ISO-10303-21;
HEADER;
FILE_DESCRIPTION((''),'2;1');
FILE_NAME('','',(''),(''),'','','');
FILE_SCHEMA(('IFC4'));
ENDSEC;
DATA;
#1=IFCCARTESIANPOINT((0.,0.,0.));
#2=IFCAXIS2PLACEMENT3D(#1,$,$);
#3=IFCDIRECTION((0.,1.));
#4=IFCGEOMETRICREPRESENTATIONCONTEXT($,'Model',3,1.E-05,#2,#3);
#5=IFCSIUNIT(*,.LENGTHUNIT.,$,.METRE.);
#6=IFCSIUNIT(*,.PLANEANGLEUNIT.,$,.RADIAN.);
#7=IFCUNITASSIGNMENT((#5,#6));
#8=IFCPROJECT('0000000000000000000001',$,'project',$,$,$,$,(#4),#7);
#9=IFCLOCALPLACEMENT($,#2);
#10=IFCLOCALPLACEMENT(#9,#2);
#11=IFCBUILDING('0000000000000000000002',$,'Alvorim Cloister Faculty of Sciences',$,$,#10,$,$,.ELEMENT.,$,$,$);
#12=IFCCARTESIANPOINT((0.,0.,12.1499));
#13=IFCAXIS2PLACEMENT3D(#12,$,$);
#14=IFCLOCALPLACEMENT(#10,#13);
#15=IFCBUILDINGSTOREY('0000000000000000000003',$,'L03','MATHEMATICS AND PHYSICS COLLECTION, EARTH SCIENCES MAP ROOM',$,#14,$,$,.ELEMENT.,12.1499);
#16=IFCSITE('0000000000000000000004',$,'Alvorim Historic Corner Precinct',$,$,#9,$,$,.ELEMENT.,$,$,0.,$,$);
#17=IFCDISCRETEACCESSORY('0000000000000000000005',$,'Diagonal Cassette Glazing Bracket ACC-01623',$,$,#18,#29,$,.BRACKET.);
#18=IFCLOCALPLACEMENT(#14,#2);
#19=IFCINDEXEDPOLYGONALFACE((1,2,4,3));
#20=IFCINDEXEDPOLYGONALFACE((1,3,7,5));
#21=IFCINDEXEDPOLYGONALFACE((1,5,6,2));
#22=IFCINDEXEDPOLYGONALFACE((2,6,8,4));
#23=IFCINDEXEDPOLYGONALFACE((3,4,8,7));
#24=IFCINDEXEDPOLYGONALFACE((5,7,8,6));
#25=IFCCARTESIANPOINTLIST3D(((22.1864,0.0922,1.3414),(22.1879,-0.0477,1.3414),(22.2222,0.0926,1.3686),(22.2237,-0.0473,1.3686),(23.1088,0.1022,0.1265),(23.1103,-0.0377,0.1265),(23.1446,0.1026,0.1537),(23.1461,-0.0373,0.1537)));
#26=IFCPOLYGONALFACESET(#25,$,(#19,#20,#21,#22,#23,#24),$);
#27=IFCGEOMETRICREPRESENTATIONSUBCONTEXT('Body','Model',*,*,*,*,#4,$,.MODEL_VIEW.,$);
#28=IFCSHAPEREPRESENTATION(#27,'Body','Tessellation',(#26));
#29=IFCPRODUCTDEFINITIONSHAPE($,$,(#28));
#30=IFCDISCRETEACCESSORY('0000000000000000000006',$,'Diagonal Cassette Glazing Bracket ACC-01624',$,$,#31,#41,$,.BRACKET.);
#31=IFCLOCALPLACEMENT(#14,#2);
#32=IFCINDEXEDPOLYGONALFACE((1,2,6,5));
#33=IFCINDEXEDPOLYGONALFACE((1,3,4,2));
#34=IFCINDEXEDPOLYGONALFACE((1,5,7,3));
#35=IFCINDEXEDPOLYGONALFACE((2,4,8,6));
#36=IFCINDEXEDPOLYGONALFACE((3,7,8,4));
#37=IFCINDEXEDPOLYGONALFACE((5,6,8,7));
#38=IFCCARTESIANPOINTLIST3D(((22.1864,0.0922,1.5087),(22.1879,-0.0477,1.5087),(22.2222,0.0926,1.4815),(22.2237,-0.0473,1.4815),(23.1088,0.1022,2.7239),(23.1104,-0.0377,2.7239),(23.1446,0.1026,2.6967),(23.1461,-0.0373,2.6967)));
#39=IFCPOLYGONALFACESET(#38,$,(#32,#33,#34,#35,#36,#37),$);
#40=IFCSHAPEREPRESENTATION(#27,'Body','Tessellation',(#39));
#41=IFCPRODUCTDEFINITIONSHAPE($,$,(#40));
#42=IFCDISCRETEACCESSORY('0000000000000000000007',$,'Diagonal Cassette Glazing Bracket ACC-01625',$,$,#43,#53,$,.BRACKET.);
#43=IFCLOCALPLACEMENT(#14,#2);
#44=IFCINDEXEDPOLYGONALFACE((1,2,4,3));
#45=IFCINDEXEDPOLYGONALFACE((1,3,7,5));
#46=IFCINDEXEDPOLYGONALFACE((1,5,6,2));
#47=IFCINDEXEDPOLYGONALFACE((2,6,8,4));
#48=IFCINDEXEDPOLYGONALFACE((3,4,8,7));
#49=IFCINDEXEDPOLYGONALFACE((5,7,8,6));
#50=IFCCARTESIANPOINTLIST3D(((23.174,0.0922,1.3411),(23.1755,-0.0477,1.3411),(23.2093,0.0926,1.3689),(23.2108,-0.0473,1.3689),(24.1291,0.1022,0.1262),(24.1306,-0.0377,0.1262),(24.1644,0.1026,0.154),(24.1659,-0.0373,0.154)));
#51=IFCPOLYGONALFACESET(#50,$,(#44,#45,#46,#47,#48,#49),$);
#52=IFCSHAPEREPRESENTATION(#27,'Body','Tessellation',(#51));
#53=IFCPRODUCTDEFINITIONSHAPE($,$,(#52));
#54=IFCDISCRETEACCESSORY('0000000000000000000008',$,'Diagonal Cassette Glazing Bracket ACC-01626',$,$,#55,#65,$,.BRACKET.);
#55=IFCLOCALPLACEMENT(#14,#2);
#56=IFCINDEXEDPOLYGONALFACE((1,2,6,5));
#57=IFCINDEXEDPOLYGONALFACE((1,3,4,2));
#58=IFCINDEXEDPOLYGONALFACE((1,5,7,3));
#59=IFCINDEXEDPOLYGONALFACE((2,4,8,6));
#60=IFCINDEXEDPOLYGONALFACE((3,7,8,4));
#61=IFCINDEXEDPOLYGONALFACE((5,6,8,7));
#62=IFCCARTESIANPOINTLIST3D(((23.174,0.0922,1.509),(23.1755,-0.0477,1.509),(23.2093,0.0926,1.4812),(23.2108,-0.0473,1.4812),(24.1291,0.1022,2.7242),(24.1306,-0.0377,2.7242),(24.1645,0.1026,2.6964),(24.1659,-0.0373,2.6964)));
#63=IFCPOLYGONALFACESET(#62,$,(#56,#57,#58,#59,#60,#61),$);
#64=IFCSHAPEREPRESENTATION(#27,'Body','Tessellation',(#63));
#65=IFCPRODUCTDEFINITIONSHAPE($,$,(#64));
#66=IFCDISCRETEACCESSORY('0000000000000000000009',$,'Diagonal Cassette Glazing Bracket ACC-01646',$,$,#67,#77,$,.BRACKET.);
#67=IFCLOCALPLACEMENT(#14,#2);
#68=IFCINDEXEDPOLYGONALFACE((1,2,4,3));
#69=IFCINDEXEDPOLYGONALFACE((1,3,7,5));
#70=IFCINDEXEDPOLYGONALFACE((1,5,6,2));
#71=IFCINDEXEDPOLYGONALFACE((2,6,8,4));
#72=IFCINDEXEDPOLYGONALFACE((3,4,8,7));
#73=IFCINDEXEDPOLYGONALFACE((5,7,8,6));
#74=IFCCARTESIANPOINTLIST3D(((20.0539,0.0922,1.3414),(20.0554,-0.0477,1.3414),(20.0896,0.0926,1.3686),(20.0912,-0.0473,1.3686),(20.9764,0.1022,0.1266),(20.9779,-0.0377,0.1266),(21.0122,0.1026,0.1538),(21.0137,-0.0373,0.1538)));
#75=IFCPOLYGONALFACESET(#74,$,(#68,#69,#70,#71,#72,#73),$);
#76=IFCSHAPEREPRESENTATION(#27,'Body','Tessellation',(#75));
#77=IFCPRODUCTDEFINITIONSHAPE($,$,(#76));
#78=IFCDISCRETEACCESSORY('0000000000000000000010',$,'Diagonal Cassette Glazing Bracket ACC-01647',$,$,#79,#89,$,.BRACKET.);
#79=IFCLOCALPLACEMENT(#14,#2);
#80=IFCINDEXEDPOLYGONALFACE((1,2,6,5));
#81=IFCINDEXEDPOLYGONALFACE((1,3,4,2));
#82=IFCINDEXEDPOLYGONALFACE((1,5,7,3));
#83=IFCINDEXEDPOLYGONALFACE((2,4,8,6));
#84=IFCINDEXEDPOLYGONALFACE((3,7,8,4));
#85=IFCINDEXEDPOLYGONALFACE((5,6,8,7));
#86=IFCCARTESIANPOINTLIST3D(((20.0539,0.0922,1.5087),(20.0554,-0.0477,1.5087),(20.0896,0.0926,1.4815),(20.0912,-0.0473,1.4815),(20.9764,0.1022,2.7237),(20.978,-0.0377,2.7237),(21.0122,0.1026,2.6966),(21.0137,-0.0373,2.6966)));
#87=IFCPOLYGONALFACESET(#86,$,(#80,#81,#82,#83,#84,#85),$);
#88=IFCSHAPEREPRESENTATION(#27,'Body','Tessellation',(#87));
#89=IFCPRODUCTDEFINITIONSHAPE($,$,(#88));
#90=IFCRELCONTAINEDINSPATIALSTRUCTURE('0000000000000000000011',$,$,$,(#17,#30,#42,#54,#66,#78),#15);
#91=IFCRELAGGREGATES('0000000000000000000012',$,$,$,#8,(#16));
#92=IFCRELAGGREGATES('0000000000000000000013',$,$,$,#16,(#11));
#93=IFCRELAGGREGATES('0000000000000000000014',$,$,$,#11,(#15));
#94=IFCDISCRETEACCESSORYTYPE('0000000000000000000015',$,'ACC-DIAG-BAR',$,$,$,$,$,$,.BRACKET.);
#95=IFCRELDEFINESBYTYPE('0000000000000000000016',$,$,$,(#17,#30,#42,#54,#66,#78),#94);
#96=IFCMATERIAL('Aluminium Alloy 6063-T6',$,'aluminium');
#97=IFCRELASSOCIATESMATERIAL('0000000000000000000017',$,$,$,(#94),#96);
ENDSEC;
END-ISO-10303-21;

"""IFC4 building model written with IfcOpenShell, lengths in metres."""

from ifc_helpers import new_model, si_unit, direction, frame, origin, origin_2d, place, context, subcontext, project, spatial, rectangle, extrude, material, type_object, element, save


model = new_model("IFC4")

# Units and contexts
model_context = context("Model", 3, precision=1e-05, world=origin(), true_north=direction((0.0, 1.0)))
body_context = subcontext(model_context, "Body", "Model", "MODEL_VIEW")
ifc_project = project(units=[si_unit("LENGTHUNIT", "METRE"), si_unit("PLANEANGLEUNIT", "RADIAN")], contexts=[model_context])

# Site, building, storey
site_placement = place(None, origin())
site = spatial("IfcSite", under=ifc_project, at=site_placement, Name="Alvorim Historic Corner Precinct", CompositionType="ELEMENT", RefElevation=0.0)
building_placement = place(site_placement, origin())
building = spatial("IfcBuilding", under=site, at=building_placement, Name="Alvorim Cloister Faculty of Sciences", CompositionType="ELEMENT")
storey_placement = place(building_placement, frame((0.0, 0.0, 12.1499)))
storey = spatial("IfcBuildingStorey", under=building, at=storey_placement, Name="L03", Description="MATHEMATICS AND PHYSICS COLLECTION, EARTH SCIENCES MAP ROOM", CompositionType="ELEMENT", Elevation=12.1499)

# Shared definitions
ifc_material_1 = material(Name="Aluminium Alloy 6063-T6", Category="aluminium")

# Discrete accessories
discrete_accessory_type = type_object("IfcDiscreteAccessoryType", Name="ACC-DIAG-BAR", PredefinedType="BRACKET", material=ifc_material_1)
discrete_accessory_1_placement = place(storey_placement, frame((22.2051, 0.0225, 1.355), z_axis=(0.604689, 0.006562, -0.796435), x_axis=(-0.010852, 0.999941, 0.0)))
element("IfcDiscreteAccessory", 1, at=discrete_accessory_1_placement, inside=storey, type_object=discrete_accessory_type, Name="Diagonal Cassette Glazing Bracket ACC-01623", PredefinedType="BRACKET", context=body_context, shape_type="SweptSolid", body=[
    extrude(rectangle(XDim=0.1399, YDim=0.0449, at=origin_2d()), origin(), (0.0, 0.0, 1.0), 1.5254),
])
discrete_accessory_2_placement = place(storey_placement, frame((22.2051, 0.0225, 1.4951), z_axis=(0.604612, 0.006561, 0.796493), x_axis=(-0.010852, 0.999941, 0.0)))
element("IfcDiscreteAccessory", 2, at=discrete_accessory_2_placement, inside=storey, type_object=discrete_accessory_type, Name="Diagonal Cassette Glazing Bracket ACC-01624", PredefinedType="BRACKET", context=body_context, shape_type="SweptSolid", body=[
    extrude(rectangle(XDim=0.1399, YDim=0.0449, at=origin_2d()), origin(), (0.0, 0.0, 1.0), 1.5256),
])
discrete_accessory_3_placement = place(storey_placement, frame((23.1924, 0.0225, 1.355), z_axis=(0.618032, 0.006477, -0.786126), x_axis=(-0.01048, 0.999945, 0.0)))
element("IfcDiscreteAccessory", 3, at=discrete_accessory_3_placement, inside=storey, type_object=discrete_accessory_type, Name="Diagonal Cassette Glazing Bracket ACC-01625", PredefinedType="BRACKET", context=body_context, shape_type="SweptSolid", body=[
    extrude(rectangle(XDim=0.1399, YDim=0.0449, at=origin_2d()), origin(), (0.0, 0.0, 1.0), 1.5454),
])
discrete_accessory_4_placement = place(storey_placement, frame((23.1924, 0.0225, 1.4951), z_axis=(0.617955, 0.006477, 0.786187), x_axis=(-0.01048, 0.999945, 0.0)))
element("IfcDiscreteAccessory", 4, at=discrete_accessory_4_placement, inside=storey, type_object=discrete_accessory_type, Name="Diagonal Cassette Glazing Bracket ACC-01626", PredefinedType="BRACKET", context=body_context, shape_type="SweptSolid", body=[
    extrude(rectangle(XDim=0.1399, YDim=0.0449, at=origin_2d()), origin(), (0.0, 0.0, 1.0), 1.5457),
])
discrete_accessory_5_placement = place(storey_placement, frame((20.0725, 0.0225, 1.355), z_axis=(0.60479, 0.006562, -0.796358), x_axis=(-0.010849, 0.999941, 0.0)))
element("IfcDiscreteAccessory", 5, at=discrete_accessory_5_placement, inside=storey, type_object=discrete_accessory_type, Name="Diagonal Cassette Glazing Bracket ACC-01646", PredefinedType="BRACKET", context=body_context, shape_type="SweptSolid", body=[
    extrude(rectangle(XDim=0.1399, YDim=0.0449, at=origin_2d()), origin(), (0.0, 0.0, 1.0), 1.5254),
])
discrete_accessory_6_placement = place(storey_placement, frame((20.0725, 0.0225, 1.4951), z_axis=(0.604713, 0.006561, 0.796416), x_axis=(-0.010849, 0.999941, 0.0)))
element("IfcDiscreteAccessory", 6, at=discrete_accessory_6_placement, inside=storey, type_object=discrete_accessory_type, Name="Diagonal Cassette Glazing Bracket ACC-01647", PredefinedType="BRACKET", context=body_context, shape_type="SweptSolid", body=[
    extrude(rectangle(XDim=0.1399, YDim=0.0449, at=origin_2d()), origin(), (0.0, 0.0, 1.0), 1.5256),
])

save(model, "model.ifc")
